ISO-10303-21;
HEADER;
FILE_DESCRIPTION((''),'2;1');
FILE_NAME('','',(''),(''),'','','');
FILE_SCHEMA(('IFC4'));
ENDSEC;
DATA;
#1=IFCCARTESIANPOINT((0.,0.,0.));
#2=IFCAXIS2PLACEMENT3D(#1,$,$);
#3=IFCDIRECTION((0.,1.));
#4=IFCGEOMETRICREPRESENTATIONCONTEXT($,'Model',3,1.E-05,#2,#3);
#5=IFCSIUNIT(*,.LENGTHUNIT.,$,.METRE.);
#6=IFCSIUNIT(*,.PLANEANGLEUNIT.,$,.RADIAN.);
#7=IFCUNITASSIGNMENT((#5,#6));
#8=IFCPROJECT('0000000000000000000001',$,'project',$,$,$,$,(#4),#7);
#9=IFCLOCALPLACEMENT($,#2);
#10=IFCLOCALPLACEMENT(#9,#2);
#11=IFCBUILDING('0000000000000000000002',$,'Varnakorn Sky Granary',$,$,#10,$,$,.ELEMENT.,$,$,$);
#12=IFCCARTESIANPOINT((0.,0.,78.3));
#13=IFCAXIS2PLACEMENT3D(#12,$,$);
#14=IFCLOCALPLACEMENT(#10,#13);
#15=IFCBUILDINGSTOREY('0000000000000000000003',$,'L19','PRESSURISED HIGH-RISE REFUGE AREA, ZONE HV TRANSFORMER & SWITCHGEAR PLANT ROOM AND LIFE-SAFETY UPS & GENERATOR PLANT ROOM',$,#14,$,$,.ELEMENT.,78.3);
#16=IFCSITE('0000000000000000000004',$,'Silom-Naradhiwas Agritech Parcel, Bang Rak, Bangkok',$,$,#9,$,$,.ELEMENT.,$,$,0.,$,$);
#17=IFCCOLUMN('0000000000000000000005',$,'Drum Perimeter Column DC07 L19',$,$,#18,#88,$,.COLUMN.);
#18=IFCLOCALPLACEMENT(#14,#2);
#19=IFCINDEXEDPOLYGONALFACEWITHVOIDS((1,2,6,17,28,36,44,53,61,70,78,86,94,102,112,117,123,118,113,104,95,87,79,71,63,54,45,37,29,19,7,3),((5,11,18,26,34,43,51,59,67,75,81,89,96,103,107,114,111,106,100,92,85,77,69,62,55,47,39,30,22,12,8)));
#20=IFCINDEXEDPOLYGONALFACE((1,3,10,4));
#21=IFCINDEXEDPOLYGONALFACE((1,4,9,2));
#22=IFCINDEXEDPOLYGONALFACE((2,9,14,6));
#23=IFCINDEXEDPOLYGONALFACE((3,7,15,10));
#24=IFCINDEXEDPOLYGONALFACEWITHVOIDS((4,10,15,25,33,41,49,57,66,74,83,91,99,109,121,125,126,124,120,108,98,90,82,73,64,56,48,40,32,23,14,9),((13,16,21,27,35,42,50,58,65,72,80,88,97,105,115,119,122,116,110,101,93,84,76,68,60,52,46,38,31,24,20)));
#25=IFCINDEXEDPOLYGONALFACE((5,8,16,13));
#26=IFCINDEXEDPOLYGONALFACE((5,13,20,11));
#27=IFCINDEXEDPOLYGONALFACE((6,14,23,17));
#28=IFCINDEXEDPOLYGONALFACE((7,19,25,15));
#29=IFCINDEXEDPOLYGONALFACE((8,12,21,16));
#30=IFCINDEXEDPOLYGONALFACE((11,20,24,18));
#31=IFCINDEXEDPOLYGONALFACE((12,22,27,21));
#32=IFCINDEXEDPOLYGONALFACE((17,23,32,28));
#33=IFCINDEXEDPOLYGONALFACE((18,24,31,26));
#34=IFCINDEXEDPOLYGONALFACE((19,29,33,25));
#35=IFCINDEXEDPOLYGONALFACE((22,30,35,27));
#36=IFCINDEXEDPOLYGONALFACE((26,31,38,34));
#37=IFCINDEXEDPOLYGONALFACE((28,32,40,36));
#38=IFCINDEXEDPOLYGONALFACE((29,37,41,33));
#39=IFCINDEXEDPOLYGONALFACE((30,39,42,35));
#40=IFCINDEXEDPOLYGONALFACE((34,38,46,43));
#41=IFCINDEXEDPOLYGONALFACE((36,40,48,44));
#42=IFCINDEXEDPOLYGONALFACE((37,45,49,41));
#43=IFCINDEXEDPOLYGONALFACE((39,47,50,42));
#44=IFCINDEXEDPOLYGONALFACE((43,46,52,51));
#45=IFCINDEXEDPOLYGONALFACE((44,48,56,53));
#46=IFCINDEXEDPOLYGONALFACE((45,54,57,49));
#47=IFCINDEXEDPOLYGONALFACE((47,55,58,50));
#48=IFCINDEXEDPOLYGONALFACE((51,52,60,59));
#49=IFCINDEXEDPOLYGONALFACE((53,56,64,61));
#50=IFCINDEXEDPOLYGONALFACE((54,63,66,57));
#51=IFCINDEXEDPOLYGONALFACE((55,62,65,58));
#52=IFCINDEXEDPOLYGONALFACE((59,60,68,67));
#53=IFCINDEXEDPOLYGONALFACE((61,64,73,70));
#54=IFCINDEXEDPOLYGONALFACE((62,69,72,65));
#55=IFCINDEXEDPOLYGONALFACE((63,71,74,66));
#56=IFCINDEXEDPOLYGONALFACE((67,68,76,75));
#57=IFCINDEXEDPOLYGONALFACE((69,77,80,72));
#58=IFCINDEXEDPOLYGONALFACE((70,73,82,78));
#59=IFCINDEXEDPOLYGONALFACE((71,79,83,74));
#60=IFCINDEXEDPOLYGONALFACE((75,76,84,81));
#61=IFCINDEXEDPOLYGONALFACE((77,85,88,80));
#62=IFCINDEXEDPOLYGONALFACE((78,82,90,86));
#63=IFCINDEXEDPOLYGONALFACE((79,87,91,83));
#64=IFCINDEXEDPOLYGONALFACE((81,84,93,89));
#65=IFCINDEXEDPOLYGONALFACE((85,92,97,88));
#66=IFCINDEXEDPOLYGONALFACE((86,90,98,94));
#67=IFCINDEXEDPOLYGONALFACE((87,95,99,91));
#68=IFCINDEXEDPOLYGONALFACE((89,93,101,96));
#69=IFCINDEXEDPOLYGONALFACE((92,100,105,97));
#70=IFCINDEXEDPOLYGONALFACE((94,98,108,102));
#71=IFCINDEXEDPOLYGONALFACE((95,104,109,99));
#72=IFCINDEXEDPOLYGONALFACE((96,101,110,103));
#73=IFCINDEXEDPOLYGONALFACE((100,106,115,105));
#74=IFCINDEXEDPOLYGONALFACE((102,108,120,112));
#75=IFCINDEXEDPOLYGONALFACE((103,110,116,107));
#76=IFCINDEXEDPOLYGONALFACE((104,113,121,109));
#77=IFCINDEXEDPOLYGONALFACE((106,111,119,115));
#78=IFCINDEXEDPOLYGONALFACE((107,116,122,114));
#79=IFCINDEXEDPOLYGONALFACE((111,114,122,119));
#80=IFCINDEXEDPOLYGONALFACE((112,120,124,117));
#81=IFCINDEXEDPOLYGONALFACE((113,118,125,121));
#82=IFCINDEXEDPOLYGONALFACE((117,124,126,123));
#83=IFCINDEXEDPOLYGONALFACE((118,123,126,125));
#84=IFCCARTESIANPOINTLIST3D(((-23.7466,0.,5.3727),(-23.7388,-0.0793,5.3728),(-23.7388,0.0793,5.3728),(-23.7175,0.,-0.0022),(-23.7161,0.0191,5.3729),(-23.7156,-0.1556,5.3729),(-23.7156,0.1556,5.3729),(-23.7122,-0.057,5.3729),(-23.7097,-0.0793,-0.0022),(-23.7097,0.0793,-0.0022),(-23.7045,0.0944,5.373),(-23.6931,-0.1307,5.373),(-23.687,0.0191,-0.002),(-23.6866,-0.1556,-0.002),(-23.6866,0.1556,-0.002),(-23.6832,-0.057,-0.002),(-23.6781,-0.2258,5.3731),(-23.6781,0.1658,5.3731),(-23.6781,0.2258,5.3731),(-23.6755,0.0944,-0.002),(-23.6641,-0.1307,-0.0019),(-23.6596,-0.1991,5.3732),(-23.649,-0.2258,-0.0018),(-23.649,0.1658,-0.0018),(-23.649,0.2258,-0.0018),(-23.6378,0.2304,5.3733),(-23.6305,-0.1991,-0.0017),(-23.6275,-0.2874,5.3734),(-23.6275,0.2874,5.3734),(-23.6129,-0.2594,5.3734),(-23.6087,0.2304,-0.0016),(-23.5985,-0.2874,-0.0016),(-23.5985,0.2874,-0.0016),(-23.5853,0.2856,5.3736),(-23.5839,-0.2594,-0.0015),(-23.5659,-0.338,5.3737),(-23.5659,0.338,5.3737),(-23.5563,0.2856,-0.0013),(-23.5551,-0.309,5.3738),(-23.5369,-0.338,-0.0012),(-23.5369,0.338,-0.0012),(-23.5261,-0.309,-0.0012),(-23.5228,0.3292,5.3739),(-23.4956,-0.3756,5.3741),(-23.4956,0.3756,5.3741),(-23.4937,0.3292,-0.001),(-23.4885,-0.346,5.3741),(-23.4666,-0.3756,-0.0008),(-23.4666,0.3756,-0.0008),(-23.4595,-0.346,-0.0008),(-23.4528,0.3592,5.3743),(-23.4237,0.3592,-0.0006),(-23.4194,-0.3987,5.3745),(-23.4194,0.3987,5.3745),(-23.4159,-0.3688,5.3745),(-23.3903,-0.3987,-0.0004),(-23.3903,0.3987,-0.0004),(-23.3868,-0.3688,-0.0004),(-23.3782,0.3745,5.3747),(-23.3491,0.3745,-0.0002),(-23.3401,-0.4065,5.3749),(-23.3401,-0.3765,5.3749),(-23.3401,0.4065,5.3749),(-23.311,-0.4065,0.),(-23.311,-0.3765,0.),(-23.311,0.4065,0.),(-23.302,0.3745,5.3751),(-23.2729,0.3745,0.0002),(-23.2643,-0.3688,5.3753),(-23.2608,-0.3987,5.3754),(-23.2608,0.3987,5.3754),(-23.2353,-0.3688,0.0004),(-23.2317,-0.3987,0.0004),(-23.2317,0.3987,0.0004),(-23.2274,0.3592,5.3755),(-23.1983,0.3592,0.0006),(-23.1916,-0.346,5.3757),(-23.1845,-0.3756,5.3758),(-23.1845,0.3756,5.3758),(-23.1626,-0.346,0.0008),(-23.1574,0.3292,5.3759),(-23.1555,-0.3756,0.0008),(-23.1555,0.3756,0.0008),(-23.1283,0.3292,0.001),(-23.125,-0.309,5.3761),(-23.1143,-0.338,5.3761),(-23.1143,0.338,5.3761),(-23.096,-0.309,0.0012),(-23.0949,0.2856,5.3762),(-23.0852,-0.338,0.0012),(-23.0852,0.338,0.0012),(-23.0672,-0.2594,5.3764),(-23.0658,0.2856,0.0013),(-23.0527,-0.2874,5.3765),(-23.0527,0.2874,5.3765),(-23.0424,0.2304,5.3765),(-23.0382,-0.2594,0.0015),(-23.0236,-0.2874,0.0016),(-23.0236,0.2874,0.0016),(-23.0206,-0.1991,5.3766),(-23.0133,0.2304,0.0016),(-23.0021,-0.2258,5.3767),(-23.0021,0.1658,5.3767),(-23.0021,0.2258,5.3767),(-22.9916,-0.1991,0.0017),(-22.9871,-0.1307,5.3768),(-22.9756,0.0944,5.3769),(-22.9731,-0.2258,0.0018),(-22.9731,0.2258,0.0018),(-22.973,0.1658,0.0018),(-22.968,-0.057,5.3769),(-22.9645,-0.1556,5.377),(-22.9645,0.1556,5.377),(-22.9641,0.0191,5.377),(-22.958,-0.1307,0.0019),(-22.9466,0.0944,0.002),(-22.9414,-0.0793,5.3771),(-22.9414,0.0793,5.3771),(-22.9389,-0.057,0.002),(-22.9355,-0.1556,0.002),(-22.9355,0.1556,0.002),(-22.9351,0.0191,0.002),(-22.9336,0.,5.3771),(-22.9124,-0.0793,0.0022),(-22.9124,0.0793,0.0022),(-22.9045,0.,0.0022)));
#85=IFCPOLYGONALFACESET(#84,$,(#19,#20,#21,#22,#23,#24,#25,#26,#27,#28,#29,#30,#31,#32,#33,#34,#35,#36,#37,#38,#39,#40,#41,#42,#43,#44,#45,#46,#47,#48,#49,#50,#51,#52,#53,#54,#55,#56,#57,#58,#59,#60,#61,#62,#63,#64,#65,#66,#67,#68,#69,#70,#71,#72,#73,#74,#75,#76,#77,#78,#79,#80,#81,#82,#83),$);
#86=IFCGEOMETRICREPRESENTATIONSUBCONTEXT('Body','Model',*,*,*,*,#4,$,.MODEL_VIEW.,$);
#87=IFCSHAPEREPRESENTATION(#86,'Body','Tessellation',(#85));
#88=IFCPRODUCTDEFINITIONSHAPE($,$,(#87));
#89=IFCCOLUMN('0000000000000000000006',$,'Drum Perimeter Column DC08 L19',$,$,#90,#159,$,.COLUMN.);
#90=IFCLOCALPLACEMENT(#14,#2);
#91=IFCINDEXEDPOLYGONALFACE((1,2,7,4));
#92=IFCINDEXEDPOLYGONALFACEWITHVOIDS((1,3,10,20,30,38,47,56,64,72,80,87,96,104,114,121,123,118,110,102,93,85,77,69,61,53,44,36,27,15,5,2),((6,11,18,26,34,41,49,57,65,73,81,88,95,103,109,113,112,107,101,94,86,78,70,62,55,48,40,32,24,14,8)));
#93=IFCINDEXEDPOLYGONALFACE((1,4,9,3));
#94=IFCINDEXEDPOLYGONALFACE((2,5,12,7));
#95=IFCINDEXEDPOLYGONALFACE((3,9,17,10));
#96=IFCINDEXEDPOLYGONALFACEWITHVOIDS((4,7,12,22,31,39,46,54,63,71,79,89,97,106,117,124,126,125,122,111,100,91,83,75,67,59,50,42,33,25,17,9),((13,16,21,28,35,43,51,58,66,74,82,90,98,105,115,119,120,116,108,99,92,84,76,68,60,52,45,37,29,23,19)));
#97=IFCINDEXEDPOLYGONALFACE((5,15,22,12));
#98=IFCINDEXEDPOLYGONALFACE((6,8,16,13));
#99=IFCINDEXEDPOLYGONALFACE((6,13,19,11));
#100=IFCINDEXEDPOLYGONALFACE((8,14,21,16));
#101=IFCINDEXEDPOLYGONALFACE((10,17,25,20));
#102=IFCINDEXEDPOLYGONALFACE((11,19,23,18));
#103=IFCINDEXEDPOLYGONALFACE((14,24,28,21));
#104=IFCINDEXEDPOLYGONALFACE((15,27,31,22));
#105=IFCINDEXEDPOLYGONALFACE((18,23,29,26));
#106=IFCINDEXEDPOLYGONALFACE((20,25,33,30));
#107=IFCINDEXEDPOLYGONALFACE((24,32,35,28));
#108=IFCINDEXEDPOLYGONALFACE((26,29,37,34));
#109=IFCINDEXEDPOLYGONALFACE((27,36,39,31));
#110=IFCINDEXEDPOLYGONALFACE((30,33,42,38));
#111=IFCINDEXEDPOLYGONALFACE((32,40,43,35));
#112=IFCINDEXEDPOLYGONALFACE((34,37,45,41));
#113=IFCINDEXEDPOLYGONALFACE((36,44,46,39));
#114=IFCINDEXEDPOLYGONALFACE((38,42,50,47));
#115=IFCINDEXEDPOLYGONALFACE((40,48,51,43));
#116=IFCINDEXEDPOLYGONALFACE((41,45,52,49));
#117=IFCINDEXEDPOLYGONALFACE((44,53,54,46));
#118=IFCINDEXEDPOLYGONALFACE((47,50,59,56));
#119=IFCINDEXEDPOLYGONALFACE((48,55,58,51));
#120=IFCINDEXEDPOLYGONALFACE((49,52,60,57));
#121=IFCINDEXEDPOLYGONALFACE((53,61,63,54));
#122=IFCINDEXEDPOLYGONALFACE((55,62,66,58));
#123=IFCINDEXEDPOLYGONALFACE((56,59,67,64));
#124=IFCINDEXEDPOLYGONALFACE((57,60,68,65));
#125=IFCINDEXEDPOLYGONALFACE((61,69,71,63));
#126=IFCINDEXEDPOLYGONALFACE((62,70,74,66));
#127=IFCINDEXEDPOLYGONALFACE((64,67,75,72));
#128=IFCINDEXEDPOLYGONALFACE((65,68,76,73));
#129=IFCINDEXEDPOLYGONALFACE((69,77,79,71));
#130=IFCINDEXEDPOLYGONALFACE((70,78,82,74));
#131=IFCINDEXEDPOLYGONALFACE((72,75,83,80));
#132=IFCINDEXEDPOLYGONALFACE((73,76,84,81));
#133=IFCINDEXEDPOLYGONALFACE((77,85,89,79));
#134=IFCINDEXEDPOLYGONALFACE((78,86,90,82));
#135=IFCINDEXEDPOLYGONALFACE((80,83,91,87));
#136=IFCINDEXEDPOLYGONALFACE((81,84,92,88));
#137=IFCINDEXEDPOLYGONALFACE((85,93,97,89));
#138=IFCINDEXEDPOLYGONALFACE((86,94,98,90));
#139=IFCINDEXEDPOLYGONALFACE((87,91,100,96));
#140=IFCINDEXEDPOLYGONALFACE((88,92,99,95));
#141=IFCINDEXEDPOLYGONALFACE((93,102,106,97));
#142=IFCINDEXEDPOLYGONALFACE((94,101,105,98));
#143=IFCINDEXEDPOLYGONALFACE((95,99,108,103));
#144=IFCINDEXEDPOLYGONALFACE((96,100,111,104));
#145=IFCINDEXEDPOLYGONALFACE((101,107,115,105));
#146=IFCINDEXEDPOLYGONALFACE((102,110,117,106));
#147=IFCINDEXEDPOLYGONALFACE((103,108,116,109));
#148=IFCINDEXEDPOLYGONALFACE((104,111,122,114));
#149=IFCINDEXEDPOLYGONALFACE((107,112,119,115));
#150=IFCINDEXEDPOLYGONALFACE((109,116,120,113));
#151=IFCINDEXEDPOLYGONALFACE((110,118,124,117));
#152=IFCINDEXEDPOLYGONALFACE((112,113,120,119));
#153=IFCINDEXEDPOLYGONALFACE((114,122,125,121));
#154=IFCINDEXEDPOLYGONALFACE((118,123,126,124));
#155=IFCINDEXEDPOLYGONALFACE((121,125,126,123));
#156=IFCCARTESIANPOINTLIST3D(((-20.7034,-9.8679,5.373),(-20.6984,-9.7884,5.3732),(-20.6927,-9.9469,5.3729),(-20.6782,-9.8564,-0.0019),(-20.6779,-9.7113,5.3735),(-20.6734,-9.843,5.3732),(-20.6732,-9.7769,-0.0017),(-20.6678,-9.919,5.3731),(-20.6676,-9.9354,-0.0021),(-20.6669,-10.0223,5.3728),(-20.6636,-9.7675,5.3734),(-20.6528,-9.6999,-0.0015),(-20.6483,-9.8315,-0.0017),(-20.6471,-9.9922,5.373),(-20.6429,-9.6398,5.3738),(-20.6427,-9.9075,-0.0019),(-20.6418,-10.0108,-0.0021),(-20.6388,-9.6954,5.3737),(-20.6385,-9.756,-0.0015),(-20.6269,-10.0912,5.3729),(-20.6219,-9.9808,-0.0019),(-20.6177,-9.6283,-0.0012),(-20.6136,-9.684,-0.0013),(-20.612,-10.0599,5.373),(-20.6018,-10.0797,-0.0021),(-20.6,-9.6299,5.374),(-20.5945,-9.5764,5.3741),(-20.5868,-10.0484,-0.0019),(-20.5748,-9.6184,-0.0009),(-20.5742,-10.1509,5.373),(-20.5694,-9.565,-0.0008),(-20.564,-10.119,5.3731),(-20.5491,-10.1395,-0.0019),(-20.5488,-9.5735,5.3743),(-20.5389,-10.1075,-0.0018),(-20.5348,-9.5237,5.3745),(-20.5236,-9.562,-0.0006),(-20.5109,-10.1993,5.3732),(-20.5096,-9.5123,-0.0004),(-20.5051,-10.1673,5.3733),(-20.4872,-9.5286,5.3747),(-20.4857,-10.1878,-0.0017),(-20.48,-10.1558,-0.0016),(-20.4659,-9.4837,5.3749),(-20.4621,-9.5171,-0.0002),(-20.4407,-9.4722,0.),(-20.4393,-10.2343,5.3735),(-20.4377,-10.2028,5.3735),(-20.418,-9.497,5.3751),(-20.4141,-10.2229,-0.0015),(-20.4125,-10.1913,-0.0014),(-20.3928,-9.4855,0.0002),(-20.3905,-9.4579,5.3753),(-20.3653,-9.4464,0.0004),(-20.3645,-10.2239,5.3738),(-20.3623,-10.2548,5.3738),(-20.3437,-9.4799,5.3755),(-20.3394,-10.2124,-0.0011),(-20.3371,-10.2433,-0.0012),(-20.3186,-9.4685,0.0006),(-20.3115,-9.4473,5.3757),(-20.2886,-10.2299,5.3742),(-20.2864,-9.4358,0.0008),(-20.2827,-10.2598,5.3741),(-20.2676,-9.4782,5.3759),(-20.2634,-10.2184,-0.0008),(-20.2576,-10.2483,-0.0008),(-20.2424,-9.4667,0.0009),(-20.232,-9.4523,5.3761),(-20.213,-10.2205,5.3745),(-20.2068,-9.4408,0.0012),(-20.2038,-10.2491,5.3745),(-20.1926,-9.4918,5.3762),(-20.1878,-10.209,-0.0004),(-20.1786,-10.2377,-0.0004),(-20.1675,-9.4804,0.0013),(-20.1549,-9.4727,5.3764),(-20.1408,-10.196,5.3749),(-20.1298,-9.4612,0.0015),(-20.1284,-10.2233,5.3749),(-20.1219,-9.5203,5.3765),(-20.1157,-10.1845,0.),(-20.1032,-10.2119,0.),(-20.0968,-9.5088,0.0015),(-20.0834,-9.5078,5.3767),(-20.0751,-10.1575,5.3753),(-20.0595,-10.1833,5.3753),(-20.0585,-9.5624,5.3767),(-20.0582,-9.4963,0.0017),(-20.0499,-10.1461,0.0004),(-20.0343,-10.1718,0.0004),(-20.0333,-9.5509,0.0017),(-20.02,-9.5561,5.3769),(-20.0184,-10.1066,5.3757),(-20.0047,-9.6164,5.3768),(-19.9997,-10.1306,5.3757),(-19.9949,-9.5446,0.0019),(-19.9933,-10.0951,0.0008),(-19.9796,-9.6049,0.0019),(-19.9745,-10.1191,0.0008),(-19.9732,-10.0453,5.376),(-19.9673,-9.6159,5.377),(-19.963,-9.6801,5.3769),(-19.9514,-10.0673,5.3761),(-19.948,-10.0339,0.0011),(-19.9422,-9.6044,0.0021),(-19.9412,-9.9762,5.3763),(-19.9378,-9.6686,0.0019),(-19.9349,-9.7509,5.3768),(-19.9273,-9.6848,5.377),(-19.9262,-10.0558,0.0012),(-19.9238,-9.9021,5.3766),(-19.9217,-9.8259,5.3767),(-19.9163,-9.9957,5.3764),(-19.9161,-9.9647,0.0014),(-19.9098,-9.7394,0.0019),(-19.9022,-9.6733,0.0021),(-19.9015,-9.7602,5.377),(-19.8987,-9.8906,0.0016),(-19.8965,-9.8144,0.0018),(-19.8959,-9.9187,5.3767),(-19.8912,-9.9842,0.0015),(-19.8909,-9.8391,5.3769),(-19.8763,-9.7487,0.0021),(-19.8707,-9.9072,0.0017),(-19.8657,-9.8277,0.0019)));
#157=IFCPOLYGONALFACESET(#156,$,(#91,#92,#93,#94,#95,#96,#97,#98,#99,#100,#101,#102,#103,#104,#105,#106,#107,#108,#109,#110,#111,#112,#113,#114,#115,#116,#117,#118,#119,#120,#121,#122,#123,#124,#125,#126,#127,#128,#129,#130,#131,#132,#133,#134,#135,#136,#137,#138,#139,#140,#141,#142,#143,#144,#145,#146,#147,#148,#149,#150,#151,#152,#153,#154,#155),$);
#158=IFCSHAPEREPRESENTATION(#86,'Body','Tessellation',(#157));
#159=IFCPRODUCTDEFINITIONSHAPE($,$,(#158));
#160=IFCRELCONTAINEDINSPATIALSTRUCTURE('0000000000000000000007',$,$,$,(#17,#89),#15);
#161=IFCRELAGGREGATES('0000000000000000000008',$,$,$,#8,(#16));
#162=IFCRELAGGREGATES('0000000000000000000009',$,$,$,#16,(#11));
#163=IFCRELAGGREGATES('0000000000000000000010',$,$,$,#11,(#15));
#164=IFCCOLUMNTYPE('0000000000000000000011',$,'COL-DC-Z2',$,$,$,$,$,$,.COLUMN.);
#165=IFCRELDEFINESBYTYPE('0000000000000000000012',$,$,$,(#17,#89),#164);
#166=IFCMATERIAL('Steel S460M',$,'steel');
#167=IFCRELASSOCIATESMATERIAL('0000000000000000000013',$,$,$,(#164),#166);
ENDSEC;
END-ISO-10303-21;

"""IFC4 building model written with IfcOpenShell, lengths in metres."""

from ifc_helpers import new_model, si_unit, direction, frame, origin, origin_2d, place, context, subcontext, project, spatial, hollow_circle, extrude, material, material_profile, profile_set, type_object, element, save


model = new_model("IFC4")

# Units and contexts
model_context = context("Model", 3, precision=1e-05, world=origin(), true_north=direction((0.0, 1.0)))
body_context = subcontext(model_context, "Body", "Model", "MODEL_VIEW")
ifc_project = project(units=[si_unit("LENGTHUNIT", "METRE"), si_unit("PLANEANGLEUNIT", "RADIAN")], contexts=[model_context])

# Site, building, storey
site_placement = place(None, origin())
site = spatial("IfcSite", under=ifc_project, at=site_placement, Name="Silom-Naradhiwas Agritech Parcel, Bang Rak, Bangkok", CompositionType="ELEMENT", RefElevation=0.0)
building_placement = place(site_placement, origin())
building = spatial("IfcBuilding", under=site, at=building_placement, Name="Varnakorn Sky Granary", CompositionType="ELEMENT")
storey_placement = place(building_placement, frame((0.0, 0.0, 78.3)))
storey = spatial("IfcBuildingStorey", under=building, at=storey_placement, Name="L19", Description="PRESSURISED HIGH-RISE REFUGE AREA, ZONE HV TRANSFORMER & SWITCHGEAR PLANT ROOM AND LIFE-SAFETY UPS & GENERATOR PLANT ROOM", CompositionType="ELEMENT", Elevation=78.3)

# Columns
ifc_material_1 = material(Name="Steel S460M", Category="steel")
ifc_material_profile_1 = material_profile(ifc_material_1, hollow_circle(Radius=0.4065, WallThickness=0.03, at=origin_2d()), Name="CHS 813x30")
ifc_profile_set_1 = profile_set([ifc_material_profile_1], Name="Steel S460M")
column_type = type_object("IfcColumnType", Name="COL-DC-Z2", PredefinedType="COLUMN", material=ifc_profile_set_1)
for number, where, z_axis, x_axis, name in (
    (1, (-23.311, 0.0, 0.0), (-0.005405, 0.0, 0.999985), (0.0, -1.0, 0.0), "Drum Perimeter Column DC07 L19"),
    (2, (-20.272, -9.842, 0.0), (-0.004678, -0.002135, 0.999987), (0.415133, -0.909761, 0.0), "Drum Perimeter Column DC08 L19"),
):
    element("IfcColumn", number, at=place(storey_placement, frame(where, z_axis=z_axis, x_axis=x_axis)), inside=storey, type_object=column_type, Name=name, PredefinedType="COLUMN", context=body_context, shape_type="SweptSolid", body=[
        extrude(hollow_circle(Radius=0.4065, WallThickness=0.03, at=origin_2d()), origin(), (0.0, 0.0, 1.0), 5.375),
    ])

save(model, "model.ifc")
